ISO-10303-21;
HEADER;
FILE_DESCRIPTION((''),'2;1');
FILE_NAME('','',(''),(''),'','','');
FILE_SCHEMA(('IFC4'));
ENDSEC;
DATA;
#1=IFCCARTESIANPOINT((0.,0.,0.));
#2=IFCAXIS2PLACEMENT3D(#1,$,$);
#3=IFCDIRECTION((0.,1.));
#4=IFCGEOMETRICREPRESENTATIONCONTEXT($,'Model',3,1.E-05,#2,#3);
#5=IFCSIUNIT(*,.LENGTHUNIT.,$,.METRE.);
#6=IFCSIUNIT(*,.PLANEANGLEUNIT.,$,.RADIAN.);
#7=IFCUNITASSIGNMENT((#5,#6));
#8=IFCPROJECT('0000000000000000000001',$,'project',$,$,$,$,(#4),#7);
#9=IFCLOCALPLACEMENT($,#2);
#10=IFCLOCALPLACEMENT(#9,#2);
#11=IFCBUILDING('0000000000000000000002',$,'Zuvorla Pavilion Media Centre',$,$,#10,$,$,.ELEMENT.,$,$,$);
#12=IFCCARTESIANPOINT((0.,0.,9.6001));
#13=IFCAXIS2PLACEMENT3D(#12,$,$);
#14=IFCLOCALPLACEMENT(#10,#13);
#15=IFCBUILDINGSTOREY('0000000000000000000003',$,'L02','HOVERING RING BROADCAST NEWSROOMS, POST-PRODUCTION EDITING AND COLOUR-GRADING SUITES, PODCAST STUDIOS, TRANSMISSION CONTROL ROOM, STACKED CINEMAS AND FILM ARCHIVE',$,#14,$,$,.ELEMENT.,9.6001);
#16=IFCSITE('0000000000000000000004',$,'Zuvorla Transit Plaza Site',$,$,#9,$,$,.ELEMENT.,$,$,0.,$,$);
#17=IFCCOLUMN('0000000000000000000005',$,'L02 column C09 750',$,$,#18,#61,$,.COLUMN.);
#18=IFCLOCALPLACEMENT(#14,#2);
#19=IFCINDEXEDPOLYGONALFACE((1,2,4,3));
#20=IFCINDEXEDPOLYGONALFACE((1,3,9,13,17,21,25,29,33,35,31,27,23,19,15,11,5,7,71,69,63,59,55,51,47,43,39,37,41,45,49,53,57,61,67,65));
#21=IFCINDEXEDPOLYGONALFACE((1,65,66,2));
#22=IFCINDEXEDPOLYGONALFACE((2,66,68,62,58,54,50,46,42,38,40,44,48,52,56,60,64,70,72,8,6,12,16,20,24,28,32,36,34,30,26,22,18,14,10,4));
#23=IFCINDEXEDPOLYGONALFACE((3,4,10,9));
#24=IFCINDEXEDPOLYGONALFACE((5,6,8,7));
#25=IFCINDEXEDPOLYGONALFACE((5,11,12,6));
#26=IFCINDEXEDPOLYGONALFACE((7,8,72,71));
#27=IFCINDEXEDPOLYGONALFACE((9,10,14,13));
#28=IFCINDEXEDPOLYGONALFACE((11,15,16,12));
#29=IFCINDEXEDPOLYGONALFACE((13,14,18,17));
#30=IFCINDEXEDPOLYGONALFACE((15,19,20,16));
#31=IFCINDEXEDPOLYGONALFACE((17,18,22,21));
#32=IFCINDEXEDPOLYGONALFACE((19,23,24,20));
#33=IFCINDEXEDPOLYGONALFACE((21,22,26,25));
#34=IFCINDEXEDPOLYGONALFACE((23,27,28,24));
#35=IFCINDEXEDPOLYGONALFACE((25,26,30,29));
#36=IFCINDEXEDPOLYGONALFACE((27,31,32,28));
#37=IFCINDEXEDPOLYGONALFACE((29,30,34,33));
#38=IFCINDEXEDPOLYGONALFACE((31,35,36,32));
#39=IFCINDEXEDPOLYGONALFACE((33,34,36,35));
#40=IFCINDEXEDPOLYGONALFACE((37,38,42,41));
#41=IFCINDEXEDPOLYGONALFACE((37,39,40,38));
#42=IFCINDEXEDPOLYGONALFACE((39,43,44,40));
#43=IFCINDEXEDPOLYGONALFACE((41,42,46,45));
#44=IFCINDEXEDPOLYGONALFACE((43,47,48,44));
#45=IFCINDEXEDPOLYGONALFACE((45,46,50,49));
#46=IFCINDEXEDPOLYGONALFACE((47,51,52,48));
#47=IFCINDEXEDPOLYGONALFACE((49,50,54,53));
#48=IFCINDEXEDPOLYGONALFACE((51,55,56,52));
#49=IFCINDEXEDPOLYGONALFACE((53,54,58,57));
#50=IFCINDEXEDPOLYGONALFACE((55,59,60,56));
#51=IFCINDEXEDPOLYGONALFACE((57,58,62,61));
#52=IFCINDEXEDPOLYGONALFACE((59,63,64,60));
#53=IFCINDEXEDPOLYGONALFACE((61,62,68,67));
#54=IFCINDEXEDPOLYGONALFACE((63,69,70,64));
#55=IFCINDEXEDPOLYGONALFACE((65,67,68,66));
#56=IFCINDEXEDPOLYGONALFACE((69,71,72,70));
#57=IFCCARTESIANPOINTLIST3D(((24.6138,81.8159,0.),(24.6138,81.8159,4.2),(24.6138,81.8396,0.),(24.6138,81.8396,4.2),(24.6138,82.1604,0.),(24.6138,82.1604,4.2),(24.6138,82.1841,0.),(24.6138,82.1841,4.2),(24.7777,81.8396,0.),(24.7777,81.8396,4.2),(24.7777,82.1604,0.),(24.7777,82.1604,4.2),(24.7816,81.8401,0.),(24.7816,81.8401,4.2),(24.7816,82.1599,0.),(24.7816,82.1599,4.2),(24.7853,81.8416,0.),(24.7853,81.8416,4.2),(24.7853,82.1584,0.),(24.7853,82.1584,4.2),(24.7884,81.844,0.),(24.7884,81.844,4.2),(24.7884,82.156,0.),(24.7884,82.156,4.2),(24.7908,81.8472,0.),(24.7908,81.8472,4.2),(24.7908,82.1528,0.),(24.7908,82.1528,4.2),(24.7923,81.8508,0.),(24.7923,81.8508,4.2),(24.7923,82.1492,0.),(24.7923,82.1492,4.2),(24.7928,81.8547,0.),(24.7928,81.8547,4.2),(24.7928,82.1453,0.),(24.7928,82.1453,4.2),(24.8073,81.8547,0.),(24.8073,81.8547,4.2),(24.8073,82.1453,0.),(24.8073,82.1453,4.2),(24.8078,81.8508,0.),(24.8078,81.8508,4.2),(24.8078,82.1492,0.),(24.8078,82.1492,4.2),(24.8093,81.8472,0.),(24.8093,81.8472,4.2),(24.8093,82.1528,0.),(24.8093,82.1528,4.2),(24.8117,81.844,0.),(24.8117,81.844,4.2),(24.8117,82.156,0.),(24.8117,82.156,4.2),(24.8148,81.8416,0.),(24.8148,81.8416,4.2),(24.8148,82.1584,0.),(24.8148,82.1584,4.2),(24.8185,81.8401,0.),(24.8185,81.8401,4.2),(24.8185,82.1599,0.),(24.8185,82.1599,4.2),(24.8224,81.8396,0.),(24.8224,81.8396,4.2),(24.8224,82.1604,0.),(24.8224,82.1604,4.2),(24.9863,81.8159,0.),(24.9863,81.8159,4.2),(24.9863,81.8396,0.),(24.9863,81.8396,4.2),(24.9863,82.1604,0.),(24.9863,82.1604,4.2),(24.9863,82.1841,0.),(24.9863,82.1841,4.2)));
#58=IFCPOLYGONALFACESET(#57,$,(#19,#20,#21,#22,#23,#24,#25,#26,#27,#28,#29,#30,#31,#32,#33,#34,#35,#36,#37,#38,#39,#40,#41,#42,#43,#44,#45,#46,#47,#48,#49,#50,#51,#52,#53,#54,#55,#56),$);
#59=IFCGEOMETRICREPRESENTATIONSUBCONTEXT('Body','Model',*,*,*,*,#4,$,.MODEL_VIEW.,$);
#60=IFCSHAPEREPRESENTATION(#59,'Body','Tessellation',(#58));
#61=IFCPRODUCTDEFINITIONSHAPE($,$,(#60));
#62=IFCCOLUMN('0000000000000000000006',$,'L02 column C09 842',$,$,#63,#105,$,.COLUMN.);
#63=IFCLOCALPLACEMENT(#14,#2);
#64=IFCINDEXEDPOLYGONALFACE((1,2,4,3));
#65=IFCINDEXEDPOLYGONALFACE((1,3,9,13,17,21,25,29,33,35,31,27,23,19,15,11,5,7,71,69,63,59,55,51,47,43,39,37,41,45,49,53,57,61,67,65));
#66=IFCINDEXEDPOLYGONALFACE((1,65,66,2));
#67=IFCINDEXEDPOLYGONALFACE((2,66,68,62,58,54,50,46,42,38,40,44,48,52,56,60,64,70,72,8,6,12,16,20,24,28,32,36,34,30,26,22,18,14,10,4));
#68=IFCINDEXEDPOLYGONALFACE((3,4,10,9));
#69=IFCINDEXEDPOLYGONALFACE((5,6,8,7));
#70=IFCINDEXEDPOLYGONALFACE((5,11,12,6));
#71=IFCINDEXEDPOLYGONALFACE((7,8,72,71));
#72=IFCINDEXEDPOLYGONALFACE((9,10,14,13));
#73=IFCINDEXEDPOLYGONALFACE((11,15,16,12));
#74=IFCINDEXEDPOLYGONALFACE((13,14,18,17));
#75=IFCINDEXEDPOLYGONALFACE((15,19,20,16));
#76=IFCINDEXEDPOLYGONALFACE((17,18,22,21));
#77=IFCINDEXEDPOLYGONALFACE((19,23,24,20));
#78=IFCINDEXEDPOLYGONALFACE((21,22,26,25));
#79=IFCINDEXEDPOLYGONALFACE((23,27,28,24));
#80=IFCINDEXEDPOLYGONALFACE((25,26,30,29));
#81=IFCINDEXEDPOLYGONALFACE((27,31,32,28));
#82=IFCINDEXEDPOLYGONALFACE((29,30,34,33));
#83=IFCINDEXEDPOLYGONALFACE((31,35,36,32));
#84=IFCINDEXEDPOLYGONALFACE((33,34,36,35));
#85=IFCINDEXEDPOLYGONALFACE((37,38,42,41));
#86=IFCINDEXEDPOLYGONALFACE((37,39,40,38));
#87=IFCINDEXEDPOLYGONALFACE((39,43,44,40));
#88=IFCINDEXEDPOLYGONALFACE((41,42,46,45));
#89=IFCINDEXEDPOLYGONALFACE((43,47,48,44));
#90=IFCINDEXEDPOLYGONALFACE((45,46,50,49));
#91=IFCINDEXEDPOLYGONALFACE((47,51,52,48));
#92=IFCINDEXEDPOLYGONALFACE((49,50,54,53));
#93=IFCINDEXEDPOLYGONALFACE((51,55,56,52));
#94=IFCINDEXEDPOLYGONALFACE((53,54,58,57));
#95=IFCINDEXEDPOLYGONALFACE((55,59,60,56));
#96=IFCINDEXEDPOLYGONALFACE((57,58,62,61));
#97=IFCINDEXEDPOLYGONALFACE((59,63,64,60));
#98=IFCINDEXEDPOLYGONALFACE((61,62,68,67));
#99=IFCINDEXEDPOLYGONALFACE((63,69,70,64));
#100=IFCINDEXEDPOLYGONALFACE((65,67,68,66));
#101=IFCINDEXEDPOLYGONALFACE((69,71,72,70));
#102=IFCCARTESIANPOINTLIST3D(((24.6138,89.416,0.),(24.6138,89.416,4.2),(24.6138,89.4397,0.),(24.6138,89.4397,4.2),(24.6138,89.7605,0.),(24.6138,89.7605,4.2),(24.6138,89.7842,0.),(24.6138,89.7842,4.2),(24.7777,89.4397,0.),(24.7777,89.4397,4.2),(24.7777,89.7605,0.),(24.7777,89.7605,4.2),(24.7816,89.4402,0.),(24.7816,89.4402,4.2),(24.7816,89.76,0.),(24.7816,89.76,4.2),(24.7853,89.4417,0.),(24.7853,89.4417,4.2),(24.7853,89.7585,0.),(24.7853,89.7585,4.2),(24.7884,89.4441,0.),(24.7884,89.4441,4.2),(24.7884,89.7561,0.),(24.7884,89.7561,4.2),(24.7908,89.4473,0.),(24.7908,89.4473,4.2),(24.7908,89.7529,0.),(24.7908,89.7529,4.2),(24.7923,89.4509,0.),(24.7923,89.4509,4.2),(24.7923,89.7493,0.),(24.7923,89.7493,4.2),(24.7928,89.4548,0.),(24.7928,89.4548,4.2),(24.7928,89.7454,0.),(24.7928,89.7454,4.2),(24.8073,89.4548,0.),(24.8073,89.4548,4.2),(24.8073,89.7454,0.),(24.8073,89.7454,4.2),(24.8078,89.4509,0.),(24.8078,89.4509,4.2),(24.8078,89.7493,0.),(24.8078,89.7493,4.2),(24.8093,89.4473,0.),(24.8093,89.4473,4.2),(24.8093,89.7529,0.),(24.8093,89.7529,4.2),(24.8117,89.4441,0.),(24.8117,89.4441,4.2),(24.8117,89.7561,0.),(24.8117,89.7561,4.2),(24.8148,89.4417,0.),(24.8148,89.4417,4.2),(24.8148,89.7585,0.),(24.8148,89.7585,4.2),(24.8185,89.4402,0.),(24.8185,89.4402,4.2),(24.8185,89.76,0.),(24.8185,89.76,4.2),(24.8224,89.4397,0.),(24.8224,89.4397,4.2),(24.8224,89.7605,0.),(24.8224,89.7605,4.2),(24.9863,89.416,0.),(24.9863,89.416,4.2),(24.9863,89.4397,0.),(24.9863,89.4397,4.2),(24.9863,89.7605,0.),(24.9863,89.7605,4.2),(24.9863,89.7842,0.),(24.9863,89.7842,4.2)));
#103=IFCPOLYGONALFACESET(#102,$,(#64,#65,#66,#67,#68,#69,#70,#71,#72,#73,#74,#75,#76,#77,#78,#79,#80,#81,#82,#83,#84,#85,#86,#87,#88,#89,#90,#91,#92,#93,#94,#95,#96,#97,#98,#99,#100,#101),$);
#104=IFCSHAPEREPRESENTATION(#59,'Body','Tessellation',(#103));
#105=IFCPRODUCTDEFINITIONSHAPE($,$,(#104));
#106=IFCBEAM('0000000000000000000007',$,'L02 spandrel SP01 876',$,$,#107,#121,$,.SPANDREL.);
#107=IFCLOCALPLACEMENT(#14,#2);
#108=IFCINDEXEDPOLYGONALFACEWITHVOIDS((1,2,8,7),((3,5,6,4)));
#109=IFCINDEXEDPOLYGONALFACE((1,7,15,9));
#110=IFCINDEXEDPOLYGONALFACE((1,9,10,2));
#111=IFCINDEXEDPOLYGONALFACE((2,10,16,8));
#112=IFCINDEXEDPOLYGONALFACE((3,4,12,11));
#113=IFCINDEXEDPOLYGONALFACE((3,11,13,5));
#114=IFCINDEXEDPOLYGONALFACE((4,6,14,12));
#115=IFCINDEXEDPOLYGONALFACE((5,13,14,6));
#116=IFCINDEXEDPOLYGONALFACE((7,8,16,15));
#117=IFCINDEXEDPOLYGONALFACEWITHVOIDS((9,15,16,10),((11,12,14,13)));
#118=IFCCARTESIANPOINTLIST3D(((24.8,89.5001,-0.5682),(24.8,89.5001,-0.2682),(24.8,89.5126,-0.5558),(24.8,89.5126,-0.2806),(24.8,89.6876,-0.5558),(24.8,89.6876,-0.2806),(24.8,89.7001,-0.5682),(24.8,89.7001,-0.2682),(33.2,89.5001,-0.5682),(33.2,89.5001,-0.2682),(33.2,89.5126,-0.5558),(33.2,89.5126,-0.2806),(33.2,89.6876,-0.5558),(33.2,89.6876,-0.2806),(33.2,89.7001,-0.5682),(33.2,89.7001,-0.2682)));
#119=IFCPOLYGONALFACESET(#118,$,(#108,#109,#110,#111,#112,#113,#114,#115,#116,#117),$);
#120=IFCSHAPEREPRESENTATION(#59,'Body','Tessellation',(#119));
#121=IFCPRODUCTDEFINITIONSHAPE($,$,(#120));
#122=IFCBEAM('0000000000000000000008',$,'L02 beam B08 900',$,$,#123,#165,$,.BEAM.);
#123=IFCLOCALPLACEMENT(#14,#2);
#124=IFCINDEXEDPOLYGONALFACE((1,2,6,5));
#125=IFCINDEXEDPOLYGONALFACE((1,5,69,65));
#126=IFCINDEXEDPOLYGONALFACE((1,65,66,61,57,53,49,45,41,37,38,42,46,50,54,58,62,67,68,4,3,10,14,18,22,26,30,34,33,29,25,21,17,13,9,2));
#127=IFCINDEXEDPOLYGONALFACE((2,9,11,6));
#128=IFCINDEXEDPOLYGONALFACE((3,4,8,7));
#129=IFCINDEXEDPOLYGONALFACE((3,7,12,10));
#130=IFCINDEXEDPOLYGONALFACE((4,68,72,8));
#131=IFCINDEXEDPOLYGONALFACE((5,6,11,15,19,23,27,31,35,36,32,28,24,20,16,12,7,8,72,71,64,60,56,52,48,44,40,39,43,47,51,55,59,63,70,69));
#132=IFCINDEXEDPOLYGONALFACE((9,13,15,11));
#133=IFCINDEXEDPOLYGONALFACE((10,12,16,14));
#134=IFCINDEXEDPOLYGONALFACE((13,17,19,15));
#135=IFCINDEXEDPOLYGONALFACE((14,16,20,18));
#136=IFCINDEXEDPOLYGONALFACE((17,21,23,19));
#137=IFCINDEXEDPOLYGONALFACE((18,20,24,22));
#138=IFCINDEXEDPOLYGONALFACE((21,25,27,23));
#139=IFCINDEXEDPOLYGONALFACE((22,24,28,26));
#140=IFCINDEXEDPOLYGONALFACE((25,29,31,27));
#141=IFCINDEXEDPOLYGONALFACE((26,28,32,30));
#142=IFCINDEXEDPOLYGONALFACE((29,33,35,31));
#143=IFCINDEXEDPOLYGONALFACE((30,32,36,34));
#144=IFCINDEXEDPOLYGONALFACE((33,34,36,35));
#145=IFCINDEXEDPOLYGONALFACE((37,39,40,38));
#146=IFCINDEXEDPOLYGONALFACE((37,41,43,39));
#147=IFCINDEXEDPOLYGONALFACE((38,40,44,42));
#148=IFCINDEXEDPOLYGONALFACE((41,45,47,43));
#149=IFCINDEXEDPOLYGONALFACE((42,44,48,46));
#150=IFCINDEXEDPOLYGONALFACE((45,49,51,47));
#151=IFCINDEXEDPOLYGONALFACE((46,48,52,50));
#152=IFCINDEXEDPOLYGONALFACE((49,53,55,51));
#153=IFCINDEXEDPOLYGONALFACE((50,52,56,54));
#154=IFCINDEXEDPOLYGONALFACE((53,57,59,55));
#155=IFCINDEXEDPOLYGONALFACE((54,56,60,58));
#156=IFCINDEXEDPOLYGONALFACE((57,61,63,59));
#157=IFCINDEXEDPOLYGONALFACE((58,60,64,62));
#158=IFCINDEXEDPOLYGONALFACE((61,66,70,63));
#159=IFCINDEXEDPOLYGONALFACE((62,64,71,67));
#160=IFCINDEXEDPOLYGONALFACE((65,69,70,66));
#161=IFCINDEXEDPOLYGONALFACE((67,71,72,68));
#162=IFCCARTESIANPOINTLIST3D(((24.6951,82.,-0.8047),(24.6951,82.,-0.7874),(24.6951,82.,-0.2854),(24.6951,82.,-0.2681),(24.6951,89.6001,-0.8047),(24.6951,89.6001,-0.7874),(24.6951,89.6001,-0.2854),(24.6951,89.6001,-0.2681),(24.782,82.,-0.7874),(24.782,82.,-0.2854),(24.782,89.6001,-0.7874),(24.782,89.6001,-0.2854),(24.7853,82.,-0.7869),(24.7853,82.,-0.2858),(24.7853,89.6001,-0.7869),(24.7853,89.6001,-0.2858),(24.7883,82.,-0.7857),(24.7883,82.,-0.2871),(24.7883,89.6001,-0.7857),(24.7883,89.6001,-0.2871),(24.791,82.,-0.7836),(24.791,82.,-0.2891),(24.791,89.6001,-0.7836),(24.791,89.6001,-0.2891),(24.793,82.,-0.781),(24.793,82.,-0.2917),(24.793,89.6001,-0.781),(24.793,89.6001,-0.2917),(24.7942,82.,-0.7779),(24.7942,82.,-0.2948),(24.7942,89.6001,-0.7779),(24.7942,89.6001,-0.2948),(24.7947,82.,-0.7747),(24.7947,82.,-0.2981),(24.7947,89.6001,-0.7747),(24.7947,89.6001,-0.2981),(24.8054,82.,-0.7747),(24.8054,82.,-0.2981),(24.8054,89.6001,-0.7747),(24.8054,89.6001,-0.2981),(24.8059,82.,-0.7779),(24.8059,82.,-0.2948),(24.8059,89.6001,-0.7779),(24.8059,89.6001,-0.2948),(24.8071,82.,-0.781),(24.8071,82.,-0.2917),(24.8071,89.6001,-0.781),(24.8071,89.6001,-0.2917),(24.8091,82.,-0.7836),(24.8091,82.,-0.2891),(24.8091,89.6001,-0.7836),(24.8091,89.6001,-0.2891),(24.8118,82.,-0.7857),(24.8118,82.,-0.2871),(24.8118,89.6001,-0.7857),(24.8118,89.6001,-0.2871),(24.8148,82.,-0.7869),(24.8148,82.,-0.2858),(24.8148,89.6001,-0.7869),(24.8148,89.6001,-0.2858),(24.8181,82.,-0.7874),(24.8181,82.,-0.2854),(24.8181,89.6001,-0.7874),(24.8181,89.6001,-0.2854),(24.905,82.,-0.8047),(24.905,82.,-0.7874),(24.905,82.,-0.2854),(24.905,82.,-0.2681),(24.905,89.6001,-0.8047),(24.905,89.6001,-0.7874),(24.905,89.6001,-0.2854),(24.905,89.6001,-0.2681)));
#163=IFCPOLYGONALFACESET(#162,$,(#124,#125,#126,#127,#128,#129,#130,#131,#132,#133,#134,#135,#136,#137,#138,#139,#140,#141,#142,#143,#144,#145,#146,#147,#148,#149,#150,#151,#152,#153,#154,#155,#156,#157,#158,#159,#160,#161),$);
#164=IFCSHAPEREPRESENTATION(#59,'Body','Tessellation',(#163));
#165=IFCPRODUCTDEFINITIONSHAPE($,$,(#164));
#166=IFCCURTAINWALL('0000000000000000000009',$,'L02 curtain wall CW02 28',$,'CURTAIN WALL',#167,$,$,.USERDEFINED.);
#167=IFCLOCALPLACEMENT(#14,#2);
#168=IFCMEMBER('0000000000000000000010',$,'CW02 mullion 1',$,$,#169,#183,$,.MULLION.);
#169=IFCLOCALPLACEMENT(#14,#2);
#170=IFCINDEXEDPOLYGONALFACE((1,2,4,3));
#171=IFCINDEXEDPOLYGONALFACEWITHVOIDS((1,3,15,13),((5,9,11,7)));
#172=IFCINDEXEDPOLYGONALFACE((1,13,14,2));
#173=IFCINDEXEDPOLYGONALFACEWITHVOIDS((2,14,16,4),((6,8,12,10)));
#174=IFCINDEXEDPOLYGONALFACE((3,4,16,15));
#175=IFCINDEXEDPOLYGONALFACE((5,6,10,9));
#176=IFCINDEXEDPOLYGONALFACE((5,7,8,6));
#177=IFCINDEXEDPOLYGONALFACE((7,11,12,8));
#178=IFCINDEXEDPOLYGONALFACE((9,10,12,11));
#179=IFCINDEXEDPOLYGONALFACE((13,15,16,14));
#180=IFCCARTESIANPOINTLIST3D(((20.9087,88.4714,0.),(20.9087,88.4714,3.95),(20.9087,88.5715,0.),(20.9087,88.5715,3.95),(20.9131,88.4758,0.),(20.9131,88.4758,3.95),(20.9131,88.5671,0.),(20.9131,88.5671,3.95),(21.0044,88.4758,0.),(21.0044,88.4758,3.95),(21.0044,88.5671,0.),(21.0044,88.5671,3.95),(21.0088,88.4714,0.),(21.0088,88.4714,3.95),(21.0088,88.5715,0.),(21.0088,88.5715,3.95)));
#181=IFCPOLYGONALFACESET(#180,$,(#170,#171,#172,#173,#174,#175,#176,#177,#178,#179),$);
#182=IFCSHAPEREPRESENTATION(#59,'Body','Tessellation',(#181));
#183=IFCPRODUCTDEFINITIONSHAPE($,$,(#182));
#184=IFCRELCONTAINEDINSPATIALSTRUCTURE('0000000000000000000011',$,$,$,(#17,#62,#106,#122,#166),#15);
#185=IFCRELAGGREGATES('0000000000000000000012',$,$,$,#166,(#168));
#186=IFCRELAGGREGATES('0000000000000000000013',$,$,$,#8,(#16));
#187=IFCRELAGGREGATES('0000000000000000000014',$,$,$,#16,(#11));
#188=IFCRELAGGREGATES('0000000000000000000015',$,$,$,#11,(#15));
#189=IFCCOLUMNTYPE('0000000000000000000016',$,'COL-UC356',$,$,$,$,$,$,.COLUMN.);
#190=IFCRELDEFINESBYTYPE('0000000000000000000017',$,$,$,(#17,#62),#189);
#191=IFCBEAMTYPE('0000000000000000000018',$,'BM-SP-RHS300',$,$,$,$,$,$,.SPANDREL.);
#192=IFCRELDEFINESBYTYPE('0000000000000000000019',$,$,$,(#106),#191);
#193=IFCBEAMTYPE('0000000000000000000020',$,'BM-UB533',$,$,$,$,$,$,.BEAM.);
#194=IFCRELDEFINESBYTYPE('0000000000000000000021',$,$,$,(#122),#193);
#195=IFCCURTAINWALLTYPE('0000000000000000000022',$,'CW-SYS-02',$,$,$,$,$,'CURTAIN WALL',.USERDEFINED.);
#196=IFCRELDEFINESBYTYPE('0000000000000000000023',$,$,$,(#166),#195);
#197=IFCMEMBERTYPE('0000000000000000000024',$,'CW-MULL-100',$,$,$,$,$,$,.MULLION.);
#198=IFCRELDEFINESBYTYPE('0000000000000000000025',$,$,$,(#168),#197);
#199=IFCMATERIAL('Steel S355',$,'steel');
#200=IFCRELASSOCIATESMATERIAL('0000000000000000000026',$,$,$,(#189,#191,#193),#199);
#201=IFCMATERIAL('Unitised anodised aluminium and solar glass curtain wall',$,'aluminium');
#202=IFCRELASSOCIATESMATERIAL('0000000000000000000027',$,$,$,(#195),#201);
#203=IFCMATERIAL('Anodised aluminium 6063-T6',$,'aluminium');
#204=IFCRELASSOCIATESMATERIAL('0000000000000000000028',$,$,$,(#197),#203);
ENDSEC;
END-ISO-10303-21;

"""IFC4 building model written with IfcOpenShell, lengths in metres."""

from ifc_helpers import new_model, si_unit, direction, frame, origin, origin_2d, place, context, subcontext, project, spatial, hollow_rectangle, i_section, extrude, material, material_profile, profile_set, type_object, element, aggregate, save


model = new_model("IFC4")

# Units and contexts
model_context = context("Model", 3, precision=1e-05, world=origin(), true_north=direction((0.0, 1.0)))
body_context = subcontext(model_context, "Body", "Model", "MODEL_VIEW")
ifc_project = project(units=[si_unit("LENGTHUNIT", "METRE"), si_unit("PLANEANGLEUNIT", "RADIAN")], contexts=[model_context])

# Site, building, storey
site_placement = place(None, origin())
site = spatial("IfcSite", under=ifc_project, at=site_placement, Name="Zuvorla Transit Plaza Site", CompositionType="ELEMENT", RefElevation=0.0)
building_placement = place(site_placement, origin())
building = spatial("IfcBuilding", under=site, at=building_placement, Name="Zuvorla Pavilion Media Centre", CompositionType="ELEMENT")
storey_placement = place(building_placement, frame((0.0, 0.0, 9.6001)))
storey = spatial("IfcBuildingStorey", under=building, at=storey_placement, Name="L02", Description="HOVERING RING BROADCAST NEWSROOMS, POST-PRODUCTION EDITING AND COLOUR-GRADING SUITES, PODCAST STUDIOS, TRANSMISSION CONTROL ROOM, STACKED CINEMAS AND FILM ARCHIVE", CompositionType="ELEMENT", Elevation=9.6001)

# Columns
ifc_material_1 = material(Name="Steel S355", Category="steel")
ifc_material_profile_1 = material_profile(ifc_material_1, i_section(OverallWidth=0.3726, OverallDepth=0.3682, WebThickness=0.0144, FlangeThickness=0.0237, FilletRadius=0.0151, at=origin_2d()), Name="UC 356x368x177")
ifc_profile_set_1 = profile_set([ifc_material_profile_1], Name="Steel S355")
column_type = type_object("IfcColumnType", Name="COL-UC356", PredefinedType="COLUMN", material=ifc_profile_set_1)
for number, where, z_axis, x_axis, name in (
    (1, (24.8, 82.0, 0.0), (0.0, 0.0, 1.0), (1.0, 0.0, 0.0), "L02 column C09 750"),
    (2, (24.8, 89.6001, 0.0), (0.0, 0.0, 1.0), (1.0, 0.0, 0.0), "L02 column C09 842"),
):
    element("IfcColumn", number, at=place(storey_placement, frame(where, z_axis=z_axis, x_axis=x_axis)), inside=storey, type_object=column_type, Name=name, PredefinedType="COLUMN", context=body_context, shape_type="SweptSolid", body=[
        extrude(i_section(OverallWidth=0.3726, OverallDepth=0.3682, WebThickness=0.0144, FlangeThickness=0.0237, FilletRadius=0.0151, at=origin_2d()), origin(), (0.0, 0.0, 1.0), 4.2),
    ])

# Beams
ifc_material_profile_2 = material_profile(ifc_material_1, hollow_rectangle(XDim=0.2, YDim=0.3, WallThickness=0.0125, at=origin_2d()), Name="RHS 300x200x12.5")
ifc_profile_set_2 = profile_set([ifc_material_profile_2], Name="Steel S355")
beam_type_1 = type_object("IfcBeamType", Name="BM-SP-RHS300", PredefinedType="SPANDREL", material=ifc_profile_set_2)
beam_1_placement = place(storey_placement, frame((24.8, 89.6001, -0.4182), z_axis=(1.0, 0.0, 0.0), x_axis=(0.0, 1.0, 0.0)))
element("IfcBeam", 3, at=beam_1_placement, inside=storey, type_object=beam_type_1, Name="L02 spandrel SP01 876", PredefinedType="SPANDREL", context=body_context, shape_type="SweptSolid", body=[
    extrude(hollow_rectangle(XDim=0.2, YDim=0.3, WallThickness=0.0125, at=origin_2d()), origin(), (0.0, 0.0, 1.0), 8.3999),
])
ifc_material_profile_3 = material_profile(ifc_material_1, i_section(OverallWidth=0.21, OverallDepth=0.5366, WebThickness=0.0107, FlangeThickness=0.0173, FilletRadius=0.0127, at=origin_2d()), Name="UB 533x210x101")
ifc_profile_set_3 = profile_set([ifc_material_profile_3], Name="Steel S355")
beam_type_2 = type_object("IfcBeamType", Name="BM-UB533", PredefinedType="BEAM", material=ifc_profile_set_3)
beam_2_placement = place(storey_placement, frame((24.8, 82.0, -0.5364), z_axis=(0.0, 1.0, 0.0), x_axis=(-1.0, 0.0, 0.0)))
element("IfcBeam", 4, at=beam_2_placement, inside=storey, type_object=beam_type_2, Name="L02 beam B08 900", PredefinedType="BEAM", context=body_context, shape_type="SweptSolid", body=[
    extrude(i_section(OverallWidth=0.21, OverallDepth=0.5366, WebThickness=0.0107, FlangeThickness=0.0173, FilletRadius=0.0127, at=origin_2d()), origin(), (0.0, 0.0, 1.0), 7.6001),
])

# Curtain wall, member
ifc_material_2 = material(Name="Unitised anodised aluminium and solar glass curtain wall", Category="aluminium")
curtain_wall_type_1 = type_object("IfcCurtainWallType", Name="CW-SYS-02", ElementType="CURTAIN WALL", PredefinedType="USERDEFINED", material=ifc_material_2)
curtain_wall_1_placement = place(storey_placement, origin())
curtain_wall_1 = element("IfcCurtainWall", 5, at=curtain_wall_1_placement, inside=storey, type_object=curtain_wall_type_1, Name="L02 curtain wall CW02 28", ObjectType="CURTAIN WALL", PredefinedType="USERDEFINED")
ifc_material_3 = material(Name="Anodised aluminium 6063-T6", Category="aluminium")
ifc_material_profile_4 = material_profile(ifc_material_3, hollow_rectangle(XDim=0.1001, YDim=0.1001, WallThickness=0.0044, at=origin_2d()), Name="ALU MULL 100x100")
ifc_profile_set_4 = profile_set([ifc_material_profile_4], Name="Anodised aluminium 6063-T6")
member_type_1 = type_object("IfcMemberType", Name="CW-MULL-100", PredefinedType="MULLION", material=ifc_profile_set_4)
member_1_placement = place(storey_placement, frame((20.9587, 88.5215, 0.0), z_axis=(0.0, 0.0, 1.0), x_axis=(1.0, 0.0, 0.0)))
member_1 = element("IfcMember", 6, at=member_1_placement, type_object=member_type_1, Name="CW02 mullion 1", PredefinedType="MULLION", context=body_context, shape_type="SweptSolid", body=[
    extrude(hollow_rectangle(XDim=0.1001, YDim=0.1001, WallThickness=0.0044, at=origin_2d()), origin(), (0.0, 0.0, 1.0), 3.95),
])

aggregate(curtain_wall_1, [member_1])

save(model, "model.ifc")
